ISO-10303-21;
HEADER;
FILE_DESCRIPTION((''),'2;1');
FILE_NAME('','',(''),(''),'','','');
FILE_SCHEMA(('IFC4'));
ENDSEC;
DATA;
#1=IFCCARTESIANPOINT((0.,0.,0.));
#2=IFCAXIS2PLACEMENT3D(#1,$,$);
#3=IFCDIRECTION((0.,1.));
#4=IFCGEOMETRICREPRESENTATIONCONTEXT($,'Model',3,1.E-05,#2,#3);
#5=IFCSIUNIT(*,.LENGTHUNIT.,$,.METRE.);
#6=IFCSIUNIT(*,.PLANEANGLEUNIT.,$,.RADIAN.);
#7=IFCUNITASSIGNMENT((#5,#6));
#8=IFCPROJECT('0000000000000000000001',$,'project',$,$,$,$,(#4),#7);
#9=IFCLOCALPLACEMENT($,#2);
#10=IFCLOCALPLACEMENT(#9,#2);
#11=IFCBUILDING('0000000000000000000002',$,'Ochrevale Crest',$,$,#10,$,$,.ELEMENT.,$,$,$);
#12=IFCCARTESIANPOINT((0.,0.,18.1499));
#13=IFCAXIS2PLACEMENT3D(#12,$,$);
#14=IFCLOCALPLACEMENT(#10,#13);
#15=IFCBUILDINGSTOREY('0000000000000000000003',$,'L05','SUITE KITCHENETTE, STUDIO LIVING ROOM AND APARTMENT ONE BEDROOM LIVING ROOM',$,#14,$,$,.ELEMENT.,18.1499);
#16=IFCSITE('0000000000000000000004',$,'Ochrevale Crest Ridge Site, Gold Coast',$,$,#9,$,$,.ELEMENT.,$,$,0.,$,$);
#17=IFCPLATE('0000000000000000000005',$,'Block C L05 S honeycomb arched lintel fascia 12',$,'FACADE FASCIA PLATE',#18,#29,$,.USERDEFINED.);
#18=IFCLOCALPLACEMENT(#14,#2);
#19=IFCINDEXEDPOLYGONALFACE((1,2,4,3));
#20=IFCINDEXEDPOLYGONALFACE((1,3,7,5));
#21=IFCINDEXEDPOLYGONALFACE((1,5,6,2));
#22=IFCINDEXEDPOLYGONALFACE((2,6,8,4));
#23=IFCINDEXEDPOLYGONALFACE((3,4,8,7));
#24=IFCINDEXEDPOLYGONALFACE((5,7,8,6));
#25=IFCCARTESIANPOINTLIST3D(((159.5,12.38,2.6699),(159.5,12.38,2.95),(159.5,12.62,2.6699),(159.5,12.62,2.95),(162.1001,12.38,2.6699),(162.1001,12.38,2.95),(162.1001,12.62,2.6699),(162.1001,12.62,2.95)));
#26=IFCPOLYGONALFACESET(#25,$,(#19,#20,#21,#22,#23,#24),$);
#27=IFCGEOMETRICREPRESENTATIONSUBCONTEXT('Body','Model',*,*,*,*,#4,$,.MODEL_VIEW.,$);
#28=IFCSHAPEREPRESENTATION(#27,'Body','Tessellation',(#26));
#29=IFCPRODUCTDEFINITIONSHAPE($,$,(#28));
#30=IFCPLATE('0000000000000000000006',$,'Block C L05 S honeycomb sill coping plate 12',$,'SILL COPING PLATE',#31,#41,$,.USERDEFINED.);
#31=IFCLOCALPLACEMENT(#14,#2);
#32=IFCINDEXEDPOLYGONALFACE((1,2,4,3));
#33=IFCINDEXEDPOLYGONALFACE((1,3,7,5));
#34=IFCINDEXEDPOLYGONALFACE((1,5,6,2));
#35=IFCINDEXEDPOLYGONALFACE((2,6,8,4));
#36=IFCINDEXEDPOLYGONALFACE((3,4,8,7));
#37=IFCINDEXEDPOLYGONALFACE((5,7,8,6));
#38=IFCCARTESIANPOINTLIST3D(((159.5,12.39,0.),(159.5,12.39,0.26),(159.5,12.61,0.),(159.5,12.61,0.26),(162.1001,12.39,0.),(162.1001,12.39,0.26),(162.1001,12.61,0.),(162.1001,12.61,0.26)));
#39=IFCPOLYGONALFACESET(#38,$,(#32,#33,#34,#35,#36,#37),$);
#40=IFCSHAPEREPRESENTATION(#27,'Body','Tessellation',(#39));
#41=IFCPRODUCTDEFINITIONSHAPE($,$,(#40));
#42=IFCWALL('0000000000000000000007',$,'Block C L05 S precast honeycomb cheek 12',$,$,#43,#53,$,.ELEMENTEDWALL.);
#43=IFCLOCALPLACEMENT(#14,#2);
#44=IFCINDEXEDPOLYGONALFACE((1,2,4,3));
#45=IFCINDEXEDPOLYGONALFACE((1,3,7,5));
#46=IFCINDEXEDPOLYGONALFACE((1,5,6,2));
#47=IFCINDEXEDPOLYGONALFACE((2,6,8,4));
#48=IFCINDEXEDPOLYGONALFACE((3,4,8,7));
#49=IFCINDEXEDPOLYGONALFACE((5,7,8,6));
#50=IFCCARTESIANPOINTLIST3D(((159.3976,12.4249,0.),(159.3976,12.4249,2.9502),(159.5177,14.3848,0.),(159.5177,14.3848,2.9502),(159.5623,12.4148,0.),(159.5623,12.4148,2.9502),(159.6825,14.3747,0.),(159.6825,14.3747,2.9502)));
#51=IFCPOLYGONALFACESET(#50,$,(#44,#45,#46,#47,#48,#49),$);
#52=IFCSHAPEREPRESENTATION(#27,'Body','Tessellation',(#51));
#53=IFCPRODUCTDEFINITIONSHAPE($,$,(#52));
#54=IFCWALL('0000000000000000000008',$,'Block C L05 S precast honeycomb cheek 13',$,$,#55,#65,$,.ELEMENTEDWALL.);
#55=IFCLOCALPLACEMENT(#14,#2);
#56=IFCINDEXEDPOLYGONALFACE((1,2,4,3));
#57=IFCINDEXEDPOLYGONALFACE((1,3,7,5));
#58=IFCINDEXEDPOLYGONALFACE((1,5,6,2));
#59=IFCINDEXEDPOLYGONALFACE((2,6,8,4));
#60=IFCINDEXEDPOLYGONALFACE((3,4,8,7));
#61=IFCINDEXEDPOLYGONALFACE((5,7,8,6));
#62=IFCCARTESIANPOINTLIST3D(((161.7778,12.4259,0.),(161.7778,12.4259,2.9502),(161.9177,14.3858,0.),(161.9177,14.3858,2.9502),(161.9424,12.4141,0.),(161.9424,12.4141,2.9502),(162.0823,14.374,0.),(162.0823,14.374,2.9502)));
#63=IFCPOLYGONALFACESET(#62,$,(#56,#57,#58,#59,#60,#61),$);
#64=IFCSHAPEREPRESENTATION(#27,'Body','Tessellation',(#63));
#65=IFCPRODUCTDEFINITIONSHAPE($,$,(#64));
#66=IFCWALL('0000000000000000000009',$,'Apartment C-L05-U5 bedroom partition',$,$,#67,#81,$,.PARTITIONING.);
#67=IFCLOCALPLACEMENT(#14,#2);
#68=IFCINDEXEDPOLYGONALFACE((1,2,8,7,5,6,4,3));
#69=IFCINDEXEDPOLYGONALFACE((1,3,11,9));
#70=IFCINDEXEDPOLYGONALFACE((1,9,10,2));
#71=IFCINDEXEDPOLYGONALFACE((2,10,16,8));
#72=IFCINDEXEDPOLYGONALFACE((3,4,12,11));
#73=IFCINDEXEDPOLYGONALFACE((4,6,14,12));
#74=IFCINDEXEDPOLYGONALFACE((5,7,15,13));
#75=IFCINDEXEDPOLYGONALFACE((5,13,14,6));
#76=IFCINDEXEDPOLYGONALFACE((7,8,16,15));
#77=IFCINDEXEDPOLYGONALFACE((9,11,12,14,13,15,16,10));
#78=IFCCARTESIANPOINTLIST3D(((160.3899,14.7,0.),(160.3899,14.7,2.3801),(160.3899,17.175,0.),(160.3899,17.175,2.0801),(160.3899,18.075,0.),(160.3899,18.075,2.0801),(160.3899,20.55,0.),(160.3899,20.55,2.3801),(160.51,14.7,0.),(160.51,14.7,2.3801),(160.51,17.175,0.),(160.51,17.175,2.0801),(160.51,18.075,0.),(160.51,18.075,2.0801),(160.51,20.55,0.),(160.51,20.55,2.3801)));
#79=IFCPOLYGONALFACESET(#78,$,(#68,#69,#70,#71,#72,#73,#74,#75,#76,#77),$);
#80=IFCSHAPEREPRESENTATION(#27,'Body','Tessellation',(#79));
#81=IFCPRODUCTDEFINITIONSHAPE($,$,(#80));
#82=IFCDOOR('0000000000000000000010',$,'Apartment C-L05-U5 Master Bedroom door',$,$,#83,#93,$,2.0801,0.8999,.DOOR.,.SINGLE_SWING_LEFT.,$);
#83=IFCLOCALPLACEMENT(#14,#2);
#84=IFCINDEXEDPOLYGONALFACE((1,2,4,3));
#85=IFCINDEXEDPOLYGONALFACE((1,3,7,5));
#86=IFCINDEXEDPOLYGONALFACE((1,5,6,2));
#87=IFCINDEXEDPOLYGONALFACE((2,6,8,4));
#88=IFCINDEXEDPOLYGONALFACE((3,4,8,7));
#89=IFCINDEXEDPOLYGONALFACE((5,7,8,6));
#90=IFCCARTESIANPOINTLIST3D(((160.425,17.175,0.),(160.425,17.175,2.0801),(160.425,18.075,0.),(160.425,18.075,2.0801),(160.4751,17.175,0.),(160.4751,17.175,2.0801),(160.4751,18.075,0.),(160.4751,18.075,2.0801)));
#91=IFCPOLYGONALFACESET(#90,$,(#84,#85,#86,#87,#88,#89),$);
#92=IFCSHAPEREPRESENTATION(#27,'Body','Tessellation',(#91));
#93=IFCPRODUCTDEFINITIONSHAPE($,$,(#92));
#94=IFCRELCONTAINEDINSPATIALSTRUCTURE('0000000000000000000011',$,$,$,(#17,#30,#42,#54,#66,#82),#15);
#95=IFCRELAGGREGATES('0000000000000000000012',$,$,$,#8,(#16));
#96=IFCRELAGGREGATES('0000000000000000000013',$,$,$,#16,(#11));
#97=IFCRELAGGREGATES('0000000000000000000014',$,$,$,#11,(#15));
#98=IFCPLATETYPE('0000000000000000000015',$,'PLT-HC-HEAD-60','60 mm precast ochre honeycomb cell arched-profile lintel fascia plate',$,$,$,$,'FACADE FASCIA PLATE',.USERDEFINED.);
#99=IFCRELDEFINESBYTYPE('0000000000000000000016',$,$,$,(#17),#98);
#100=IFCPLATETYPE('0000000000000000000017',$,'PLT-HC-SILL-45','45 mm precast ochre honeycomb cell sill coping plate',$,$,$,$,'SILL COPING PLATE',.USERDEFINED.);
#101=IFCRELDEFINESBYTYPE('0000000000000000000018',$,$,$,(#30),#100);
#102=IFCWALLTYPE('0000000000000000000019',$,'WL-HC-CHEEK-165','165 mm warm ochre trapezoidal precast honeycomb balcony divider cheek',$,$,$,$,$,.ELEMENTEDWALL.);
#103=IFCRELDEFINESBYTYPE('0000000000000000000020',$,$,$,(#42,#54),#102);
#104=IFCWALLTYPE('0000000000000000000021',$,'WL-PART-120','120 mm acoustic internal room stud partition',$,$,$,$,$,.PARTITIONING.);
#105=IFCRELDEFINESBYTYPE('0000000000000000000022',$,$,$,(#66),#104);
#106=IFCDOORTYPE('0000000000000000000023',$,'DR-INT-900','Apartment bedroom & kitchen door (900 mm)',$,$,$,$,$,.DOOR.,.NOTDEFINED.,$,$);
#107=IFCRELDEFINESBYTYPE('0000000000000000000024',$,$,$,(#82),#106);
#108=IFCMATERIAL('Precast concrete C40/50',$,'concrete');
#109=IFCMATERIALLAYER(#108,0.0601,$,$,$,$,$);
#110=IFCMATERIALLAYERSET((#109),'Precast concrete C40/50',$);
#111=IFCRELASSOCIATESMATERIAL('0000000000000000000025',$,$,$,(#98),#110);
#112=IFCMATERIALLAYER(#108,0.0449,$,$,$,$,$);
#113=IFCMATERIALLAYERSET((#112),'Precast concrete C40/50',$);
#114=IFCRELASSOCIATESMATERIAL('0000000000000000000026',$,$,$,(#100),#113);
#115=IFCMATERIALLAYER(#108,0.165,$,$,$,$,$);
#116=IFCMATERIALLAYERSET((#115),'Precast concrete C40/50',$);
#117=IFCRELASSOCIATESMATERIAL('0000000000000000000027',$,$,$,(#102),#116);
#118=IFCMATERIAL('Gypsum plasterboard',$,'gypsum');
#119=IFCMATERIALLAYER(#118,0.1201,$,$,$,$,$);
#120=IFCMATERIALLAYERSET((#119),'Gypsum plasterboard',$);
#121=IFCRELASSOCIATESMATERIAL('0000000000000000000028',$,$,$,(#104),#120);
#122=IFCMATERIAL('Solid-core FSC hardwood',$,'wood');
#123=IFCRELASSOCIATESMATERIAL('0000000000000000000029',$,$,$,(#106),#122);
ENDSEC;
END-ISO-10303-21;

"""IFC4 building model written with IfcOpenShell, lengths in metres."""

from ifc_helpers import new_model, si_unit, direction, frame, frame_2d, origin, origin_2d, place, context, subcontext, project, spatial, rectangle, extrude, material, layer, layer_set, type_object, element, fill, save


model = new_model("IFC4")

# Units and contexts
model_context = context("Model", 3, precision=1e-05, world=origin(), true_north=direction((0.0, 1.0)))
body_context = subcontext(model_context, "Body", "Model", "MODEL_VIEW")
ifc_project = project(units=[si_unit("LENGTHUNIT", "METRE"), si_unit("PLANEANGLEUNIT", "RADIAN")], contexts=[model_context])

# Site, building, storey
site_placement = place(None, origin())
site = spatial("IfcSite", under=ifc_project, at=site_placement, Name="Ochrevale Crest Ridge Site, Gold Coast", CompositionType="ELEMENT", RefElevation=0.0)
building_placement = place(site_placement, origin())
building = spatial("IfcBuilding", under=site, at=building_placement, Name="Ochrevale Crest", CompositionType="ELEMENT")
storey_placement = place(building_placement, frame((0.0, 0.0, 18.1499)))
storey = spatial("IfcBuildingStorey", under=building, at=storey_placement, Name="L05", Description="SUITE KITCHENETTE, STUDIO LIVING ROOM AND APARTMENT ONE BEDROOM LIVING ROOM", CompositionType="ELEMENT", Elevation=18.1499)

# Plates
ifc_material_1 = material(Name="Precast concrete C40/50", Category="concrete")
ifc_layer_1 = layer(ifc_material_1, 0.0601)
ifc_layer_set_1 = layer_set([ifc_layer_1], Name="Precast concrete C40/50")
plate_type_1 = type_object("IfcPlateType", Name="PLT-HC-HEAD-60", Description="60 mm precast ochre honeycomb cell arched-profile lintel fascia plate", ElementType="FACADE FASCIA PLATE", PredefinedType="USERDEFINED", material=ifc_layer_set_1)
plate_1_placement = place(storey_placement, frame((160.8, 12.5, 2.6699), z_axis=(0.0, 0.0, 1.0), x_axis=(1.0, 0.0, 0.0)))
element("IfcPlate", 1, at=plate_1_placement, inside=storey, type_object=plate_type_1, Name="Block C L05 S honeycomb arched lintel fascia 12", ObjectType="FACADE FASCIA PLATE", PredefinedType="USERDEFINED", context=body_context, shape_type="SweptSolid", body=[
    extrude(rectangle(XDim=2.6001, YDim=0.24, at=origin_2d()), origin(), (0.0, 0.0, 1.0), 0.28),
])
ifc_layer_2 = layer(ifc_material_1, 0.0449)
ifc_layer_set_2 = layer_set([ifc_layer_2], Name="Precast concrete C40/50")
plate_type_2 = type_object("IfcPlateType", Name="PLT-HC-SILL-45", Description="45 mm precast ochre honeycomb cell sill coping plate", ElementType="SILL COPING PLATE", PredefinedType="USERDEFINED", material=ifc_layer_set_2)
plate_2_placement = place(storey_placement, frame((160.8, 12.5, 0.0), z_axis=(0.0, 0.0, 1.0), x_axis=(1.0, 0.0, 0.0)))
element("IfcPlate", 2, at=plate_2_placement, inside=storey, type_object=plate_type_2, Name="Block C L05 S honeycomb sill coping plate 12", ObjectType="SILL COPING PLATE", PredefinedType="USERDEFINED", context=body_context, shape_type="SweptSolid", body=[
    extrude(rectangle(XDim=2.6001, YDim=0.22, at=origin_2d()), origin(), (0.0, 0.0, 1.0), 0.26),
])

# Walls
ifc_layer_3 = layer(ifc_material_1, 0.165)
ifc_layer_set_3 = layer_set([ifc_layer_3], Name="Precast concrete C40/50")
wall_type_1 = type_object("IfcWallType", Name="WL-HC-CHEEK-165", Description="165 mm warm ochre trapezoidal precast honeycomb balcony divider cheek", PredefinedType="ELEMENTEDWALL", material=ifc_layer_set_3)
wall_1_placement = place(storey_placement, frame((159.6001, 14.3799, 0.0), z_axis=(0.0, 0.0, 1.0), x_axis=(-0.061171, -0.998127, 0.0)))
element("IfcWall", 3, at=wall_1_placement, inside=storey, type_object=wall_type_1, Name="Block C L05 S precast honeycomb cheek 12", PredefinedType="ELEMENTEDWALL", context=body_context, shape_type="SweptSolid", body=[
    extrude(rectangle(XDim=1.9636, YDim=0.165, at=frame_2d((0.9819, 0.0))), origin(), (0.0, 0.0, 1.0), 2.9502),
])
wall_2_placement = place(storey_placement, frame((162.0, 14.3799, 0.0), z_axis=(0.0, 0.0, 1.0), x_axis=(-0.071194, -0.997462, 0.0)))
element("IfcWall", 4, at=wall_2_placement, inside=storey, type_object=wall_type_1, Name="Block C L05 S precast honeycomb cheek 13", PredefinedType="ELEMENTEDWALL", context=body_context, shape_type="SweptSolid", body=[
    extrude(rectangle(XDim=1.9648, YDim=0.165, at=frame_2d((0.9824, 0.0))), origin(), (0.0, 0.0, 1.0), 2.9502),
])

# Wall, opening, door
ifc_material_2 = material(Name="Gypsum plasterboard", Category="gypsum")
ifc_layer_4 = layer(ifc_material_2, 0.1201)
ifc_layer_set_4 = layer_set([ifc_layer_4], Name="Gypsum plasterboard")
wall_type_2 = type_object("IfcWallType", Name="WL-PART-120", Description="120 mm acoustic internal room stud partition", PredefinedType="PARTITIONING", material=ifc_layer_set_4)
wall_3_placement = place(storey_placement, frame((160.45, 14.7, 0.0), z_axis=(0.0, 0.0, 1.0), x_axis=(0.0, 1.0, 0.0)))
wall_3 = element("IfcWall", 5, at=wall_3_placement, inside=storey, type_object=wall_type_2, Name="Apartment C-L05-U5 bedroom partition", PredefinedType="PARTITIONING", context=body_context, shape_type="SweptSolid", body=[
    extrude(rectangle(XDim=5.8501, YDim=0.1201, at=frame_2d((2.925, 0.0))), origin(), (0.0, 0.0, 1.0), 2.3801),
])
opening_placement = place(wall_3_placement, frame((2.4751, 0.0, 0.0)))
opening = element("IfcOpeningElement", 6, at=opening_placement, cuts=wall_3, PredefinedType="OPENING", context=body_context, shape_type="SweptSolid", body=[
    extrude(rectangle(XDim=0.8999, YDim=2.0801, at=frame_2d((0.45, 1.04))), frame((0.0, 0.0701, 0.0), z_axis=(0.0, -1.0, 0.0), x_axis=(1.0, 0.0, 0.0)), (0.0, 0.0, 1.0), 0.1401),
])
ifc_material_3 = material(Name="Solid-core FSC hardwood", Category="wood")
door_type = type_object("IfcDoorType", Name="DR-INT-900", Description="Apartment bedroom & kitchen door (900 mm)", OperationType="NOTDEFINED", PredefinedType="DOOR", material=ifc_material_3)
door_placement = place(opening_placement, origin())
door = element("IfcDoor", 7, at=door_placement, inside=storey, type_object=door_type, Name="Apartment C-L05-U5 Master Bedroom door", OperationType="SINGLE_SWING_LEFT", OverallHeight=2.0801, OverallWidth=0.8999, PredefinedType="DOOR", context=body_context, shape_type="SweptSolid", body=[
    extrude(rectangle(XDim=0.8999, YDim=2.0801, at=frame_2d((0.45, 1.04))), frame((0.0, 0.0249, 0.0), z_axis=(0.0, -1.0, 0.0), x_axis=(1.0, 0.0, 0.0)), (0.0, 0.0, 1.0), 0.05),
])
fill(opening, door)

save(model, "model.ifc")
